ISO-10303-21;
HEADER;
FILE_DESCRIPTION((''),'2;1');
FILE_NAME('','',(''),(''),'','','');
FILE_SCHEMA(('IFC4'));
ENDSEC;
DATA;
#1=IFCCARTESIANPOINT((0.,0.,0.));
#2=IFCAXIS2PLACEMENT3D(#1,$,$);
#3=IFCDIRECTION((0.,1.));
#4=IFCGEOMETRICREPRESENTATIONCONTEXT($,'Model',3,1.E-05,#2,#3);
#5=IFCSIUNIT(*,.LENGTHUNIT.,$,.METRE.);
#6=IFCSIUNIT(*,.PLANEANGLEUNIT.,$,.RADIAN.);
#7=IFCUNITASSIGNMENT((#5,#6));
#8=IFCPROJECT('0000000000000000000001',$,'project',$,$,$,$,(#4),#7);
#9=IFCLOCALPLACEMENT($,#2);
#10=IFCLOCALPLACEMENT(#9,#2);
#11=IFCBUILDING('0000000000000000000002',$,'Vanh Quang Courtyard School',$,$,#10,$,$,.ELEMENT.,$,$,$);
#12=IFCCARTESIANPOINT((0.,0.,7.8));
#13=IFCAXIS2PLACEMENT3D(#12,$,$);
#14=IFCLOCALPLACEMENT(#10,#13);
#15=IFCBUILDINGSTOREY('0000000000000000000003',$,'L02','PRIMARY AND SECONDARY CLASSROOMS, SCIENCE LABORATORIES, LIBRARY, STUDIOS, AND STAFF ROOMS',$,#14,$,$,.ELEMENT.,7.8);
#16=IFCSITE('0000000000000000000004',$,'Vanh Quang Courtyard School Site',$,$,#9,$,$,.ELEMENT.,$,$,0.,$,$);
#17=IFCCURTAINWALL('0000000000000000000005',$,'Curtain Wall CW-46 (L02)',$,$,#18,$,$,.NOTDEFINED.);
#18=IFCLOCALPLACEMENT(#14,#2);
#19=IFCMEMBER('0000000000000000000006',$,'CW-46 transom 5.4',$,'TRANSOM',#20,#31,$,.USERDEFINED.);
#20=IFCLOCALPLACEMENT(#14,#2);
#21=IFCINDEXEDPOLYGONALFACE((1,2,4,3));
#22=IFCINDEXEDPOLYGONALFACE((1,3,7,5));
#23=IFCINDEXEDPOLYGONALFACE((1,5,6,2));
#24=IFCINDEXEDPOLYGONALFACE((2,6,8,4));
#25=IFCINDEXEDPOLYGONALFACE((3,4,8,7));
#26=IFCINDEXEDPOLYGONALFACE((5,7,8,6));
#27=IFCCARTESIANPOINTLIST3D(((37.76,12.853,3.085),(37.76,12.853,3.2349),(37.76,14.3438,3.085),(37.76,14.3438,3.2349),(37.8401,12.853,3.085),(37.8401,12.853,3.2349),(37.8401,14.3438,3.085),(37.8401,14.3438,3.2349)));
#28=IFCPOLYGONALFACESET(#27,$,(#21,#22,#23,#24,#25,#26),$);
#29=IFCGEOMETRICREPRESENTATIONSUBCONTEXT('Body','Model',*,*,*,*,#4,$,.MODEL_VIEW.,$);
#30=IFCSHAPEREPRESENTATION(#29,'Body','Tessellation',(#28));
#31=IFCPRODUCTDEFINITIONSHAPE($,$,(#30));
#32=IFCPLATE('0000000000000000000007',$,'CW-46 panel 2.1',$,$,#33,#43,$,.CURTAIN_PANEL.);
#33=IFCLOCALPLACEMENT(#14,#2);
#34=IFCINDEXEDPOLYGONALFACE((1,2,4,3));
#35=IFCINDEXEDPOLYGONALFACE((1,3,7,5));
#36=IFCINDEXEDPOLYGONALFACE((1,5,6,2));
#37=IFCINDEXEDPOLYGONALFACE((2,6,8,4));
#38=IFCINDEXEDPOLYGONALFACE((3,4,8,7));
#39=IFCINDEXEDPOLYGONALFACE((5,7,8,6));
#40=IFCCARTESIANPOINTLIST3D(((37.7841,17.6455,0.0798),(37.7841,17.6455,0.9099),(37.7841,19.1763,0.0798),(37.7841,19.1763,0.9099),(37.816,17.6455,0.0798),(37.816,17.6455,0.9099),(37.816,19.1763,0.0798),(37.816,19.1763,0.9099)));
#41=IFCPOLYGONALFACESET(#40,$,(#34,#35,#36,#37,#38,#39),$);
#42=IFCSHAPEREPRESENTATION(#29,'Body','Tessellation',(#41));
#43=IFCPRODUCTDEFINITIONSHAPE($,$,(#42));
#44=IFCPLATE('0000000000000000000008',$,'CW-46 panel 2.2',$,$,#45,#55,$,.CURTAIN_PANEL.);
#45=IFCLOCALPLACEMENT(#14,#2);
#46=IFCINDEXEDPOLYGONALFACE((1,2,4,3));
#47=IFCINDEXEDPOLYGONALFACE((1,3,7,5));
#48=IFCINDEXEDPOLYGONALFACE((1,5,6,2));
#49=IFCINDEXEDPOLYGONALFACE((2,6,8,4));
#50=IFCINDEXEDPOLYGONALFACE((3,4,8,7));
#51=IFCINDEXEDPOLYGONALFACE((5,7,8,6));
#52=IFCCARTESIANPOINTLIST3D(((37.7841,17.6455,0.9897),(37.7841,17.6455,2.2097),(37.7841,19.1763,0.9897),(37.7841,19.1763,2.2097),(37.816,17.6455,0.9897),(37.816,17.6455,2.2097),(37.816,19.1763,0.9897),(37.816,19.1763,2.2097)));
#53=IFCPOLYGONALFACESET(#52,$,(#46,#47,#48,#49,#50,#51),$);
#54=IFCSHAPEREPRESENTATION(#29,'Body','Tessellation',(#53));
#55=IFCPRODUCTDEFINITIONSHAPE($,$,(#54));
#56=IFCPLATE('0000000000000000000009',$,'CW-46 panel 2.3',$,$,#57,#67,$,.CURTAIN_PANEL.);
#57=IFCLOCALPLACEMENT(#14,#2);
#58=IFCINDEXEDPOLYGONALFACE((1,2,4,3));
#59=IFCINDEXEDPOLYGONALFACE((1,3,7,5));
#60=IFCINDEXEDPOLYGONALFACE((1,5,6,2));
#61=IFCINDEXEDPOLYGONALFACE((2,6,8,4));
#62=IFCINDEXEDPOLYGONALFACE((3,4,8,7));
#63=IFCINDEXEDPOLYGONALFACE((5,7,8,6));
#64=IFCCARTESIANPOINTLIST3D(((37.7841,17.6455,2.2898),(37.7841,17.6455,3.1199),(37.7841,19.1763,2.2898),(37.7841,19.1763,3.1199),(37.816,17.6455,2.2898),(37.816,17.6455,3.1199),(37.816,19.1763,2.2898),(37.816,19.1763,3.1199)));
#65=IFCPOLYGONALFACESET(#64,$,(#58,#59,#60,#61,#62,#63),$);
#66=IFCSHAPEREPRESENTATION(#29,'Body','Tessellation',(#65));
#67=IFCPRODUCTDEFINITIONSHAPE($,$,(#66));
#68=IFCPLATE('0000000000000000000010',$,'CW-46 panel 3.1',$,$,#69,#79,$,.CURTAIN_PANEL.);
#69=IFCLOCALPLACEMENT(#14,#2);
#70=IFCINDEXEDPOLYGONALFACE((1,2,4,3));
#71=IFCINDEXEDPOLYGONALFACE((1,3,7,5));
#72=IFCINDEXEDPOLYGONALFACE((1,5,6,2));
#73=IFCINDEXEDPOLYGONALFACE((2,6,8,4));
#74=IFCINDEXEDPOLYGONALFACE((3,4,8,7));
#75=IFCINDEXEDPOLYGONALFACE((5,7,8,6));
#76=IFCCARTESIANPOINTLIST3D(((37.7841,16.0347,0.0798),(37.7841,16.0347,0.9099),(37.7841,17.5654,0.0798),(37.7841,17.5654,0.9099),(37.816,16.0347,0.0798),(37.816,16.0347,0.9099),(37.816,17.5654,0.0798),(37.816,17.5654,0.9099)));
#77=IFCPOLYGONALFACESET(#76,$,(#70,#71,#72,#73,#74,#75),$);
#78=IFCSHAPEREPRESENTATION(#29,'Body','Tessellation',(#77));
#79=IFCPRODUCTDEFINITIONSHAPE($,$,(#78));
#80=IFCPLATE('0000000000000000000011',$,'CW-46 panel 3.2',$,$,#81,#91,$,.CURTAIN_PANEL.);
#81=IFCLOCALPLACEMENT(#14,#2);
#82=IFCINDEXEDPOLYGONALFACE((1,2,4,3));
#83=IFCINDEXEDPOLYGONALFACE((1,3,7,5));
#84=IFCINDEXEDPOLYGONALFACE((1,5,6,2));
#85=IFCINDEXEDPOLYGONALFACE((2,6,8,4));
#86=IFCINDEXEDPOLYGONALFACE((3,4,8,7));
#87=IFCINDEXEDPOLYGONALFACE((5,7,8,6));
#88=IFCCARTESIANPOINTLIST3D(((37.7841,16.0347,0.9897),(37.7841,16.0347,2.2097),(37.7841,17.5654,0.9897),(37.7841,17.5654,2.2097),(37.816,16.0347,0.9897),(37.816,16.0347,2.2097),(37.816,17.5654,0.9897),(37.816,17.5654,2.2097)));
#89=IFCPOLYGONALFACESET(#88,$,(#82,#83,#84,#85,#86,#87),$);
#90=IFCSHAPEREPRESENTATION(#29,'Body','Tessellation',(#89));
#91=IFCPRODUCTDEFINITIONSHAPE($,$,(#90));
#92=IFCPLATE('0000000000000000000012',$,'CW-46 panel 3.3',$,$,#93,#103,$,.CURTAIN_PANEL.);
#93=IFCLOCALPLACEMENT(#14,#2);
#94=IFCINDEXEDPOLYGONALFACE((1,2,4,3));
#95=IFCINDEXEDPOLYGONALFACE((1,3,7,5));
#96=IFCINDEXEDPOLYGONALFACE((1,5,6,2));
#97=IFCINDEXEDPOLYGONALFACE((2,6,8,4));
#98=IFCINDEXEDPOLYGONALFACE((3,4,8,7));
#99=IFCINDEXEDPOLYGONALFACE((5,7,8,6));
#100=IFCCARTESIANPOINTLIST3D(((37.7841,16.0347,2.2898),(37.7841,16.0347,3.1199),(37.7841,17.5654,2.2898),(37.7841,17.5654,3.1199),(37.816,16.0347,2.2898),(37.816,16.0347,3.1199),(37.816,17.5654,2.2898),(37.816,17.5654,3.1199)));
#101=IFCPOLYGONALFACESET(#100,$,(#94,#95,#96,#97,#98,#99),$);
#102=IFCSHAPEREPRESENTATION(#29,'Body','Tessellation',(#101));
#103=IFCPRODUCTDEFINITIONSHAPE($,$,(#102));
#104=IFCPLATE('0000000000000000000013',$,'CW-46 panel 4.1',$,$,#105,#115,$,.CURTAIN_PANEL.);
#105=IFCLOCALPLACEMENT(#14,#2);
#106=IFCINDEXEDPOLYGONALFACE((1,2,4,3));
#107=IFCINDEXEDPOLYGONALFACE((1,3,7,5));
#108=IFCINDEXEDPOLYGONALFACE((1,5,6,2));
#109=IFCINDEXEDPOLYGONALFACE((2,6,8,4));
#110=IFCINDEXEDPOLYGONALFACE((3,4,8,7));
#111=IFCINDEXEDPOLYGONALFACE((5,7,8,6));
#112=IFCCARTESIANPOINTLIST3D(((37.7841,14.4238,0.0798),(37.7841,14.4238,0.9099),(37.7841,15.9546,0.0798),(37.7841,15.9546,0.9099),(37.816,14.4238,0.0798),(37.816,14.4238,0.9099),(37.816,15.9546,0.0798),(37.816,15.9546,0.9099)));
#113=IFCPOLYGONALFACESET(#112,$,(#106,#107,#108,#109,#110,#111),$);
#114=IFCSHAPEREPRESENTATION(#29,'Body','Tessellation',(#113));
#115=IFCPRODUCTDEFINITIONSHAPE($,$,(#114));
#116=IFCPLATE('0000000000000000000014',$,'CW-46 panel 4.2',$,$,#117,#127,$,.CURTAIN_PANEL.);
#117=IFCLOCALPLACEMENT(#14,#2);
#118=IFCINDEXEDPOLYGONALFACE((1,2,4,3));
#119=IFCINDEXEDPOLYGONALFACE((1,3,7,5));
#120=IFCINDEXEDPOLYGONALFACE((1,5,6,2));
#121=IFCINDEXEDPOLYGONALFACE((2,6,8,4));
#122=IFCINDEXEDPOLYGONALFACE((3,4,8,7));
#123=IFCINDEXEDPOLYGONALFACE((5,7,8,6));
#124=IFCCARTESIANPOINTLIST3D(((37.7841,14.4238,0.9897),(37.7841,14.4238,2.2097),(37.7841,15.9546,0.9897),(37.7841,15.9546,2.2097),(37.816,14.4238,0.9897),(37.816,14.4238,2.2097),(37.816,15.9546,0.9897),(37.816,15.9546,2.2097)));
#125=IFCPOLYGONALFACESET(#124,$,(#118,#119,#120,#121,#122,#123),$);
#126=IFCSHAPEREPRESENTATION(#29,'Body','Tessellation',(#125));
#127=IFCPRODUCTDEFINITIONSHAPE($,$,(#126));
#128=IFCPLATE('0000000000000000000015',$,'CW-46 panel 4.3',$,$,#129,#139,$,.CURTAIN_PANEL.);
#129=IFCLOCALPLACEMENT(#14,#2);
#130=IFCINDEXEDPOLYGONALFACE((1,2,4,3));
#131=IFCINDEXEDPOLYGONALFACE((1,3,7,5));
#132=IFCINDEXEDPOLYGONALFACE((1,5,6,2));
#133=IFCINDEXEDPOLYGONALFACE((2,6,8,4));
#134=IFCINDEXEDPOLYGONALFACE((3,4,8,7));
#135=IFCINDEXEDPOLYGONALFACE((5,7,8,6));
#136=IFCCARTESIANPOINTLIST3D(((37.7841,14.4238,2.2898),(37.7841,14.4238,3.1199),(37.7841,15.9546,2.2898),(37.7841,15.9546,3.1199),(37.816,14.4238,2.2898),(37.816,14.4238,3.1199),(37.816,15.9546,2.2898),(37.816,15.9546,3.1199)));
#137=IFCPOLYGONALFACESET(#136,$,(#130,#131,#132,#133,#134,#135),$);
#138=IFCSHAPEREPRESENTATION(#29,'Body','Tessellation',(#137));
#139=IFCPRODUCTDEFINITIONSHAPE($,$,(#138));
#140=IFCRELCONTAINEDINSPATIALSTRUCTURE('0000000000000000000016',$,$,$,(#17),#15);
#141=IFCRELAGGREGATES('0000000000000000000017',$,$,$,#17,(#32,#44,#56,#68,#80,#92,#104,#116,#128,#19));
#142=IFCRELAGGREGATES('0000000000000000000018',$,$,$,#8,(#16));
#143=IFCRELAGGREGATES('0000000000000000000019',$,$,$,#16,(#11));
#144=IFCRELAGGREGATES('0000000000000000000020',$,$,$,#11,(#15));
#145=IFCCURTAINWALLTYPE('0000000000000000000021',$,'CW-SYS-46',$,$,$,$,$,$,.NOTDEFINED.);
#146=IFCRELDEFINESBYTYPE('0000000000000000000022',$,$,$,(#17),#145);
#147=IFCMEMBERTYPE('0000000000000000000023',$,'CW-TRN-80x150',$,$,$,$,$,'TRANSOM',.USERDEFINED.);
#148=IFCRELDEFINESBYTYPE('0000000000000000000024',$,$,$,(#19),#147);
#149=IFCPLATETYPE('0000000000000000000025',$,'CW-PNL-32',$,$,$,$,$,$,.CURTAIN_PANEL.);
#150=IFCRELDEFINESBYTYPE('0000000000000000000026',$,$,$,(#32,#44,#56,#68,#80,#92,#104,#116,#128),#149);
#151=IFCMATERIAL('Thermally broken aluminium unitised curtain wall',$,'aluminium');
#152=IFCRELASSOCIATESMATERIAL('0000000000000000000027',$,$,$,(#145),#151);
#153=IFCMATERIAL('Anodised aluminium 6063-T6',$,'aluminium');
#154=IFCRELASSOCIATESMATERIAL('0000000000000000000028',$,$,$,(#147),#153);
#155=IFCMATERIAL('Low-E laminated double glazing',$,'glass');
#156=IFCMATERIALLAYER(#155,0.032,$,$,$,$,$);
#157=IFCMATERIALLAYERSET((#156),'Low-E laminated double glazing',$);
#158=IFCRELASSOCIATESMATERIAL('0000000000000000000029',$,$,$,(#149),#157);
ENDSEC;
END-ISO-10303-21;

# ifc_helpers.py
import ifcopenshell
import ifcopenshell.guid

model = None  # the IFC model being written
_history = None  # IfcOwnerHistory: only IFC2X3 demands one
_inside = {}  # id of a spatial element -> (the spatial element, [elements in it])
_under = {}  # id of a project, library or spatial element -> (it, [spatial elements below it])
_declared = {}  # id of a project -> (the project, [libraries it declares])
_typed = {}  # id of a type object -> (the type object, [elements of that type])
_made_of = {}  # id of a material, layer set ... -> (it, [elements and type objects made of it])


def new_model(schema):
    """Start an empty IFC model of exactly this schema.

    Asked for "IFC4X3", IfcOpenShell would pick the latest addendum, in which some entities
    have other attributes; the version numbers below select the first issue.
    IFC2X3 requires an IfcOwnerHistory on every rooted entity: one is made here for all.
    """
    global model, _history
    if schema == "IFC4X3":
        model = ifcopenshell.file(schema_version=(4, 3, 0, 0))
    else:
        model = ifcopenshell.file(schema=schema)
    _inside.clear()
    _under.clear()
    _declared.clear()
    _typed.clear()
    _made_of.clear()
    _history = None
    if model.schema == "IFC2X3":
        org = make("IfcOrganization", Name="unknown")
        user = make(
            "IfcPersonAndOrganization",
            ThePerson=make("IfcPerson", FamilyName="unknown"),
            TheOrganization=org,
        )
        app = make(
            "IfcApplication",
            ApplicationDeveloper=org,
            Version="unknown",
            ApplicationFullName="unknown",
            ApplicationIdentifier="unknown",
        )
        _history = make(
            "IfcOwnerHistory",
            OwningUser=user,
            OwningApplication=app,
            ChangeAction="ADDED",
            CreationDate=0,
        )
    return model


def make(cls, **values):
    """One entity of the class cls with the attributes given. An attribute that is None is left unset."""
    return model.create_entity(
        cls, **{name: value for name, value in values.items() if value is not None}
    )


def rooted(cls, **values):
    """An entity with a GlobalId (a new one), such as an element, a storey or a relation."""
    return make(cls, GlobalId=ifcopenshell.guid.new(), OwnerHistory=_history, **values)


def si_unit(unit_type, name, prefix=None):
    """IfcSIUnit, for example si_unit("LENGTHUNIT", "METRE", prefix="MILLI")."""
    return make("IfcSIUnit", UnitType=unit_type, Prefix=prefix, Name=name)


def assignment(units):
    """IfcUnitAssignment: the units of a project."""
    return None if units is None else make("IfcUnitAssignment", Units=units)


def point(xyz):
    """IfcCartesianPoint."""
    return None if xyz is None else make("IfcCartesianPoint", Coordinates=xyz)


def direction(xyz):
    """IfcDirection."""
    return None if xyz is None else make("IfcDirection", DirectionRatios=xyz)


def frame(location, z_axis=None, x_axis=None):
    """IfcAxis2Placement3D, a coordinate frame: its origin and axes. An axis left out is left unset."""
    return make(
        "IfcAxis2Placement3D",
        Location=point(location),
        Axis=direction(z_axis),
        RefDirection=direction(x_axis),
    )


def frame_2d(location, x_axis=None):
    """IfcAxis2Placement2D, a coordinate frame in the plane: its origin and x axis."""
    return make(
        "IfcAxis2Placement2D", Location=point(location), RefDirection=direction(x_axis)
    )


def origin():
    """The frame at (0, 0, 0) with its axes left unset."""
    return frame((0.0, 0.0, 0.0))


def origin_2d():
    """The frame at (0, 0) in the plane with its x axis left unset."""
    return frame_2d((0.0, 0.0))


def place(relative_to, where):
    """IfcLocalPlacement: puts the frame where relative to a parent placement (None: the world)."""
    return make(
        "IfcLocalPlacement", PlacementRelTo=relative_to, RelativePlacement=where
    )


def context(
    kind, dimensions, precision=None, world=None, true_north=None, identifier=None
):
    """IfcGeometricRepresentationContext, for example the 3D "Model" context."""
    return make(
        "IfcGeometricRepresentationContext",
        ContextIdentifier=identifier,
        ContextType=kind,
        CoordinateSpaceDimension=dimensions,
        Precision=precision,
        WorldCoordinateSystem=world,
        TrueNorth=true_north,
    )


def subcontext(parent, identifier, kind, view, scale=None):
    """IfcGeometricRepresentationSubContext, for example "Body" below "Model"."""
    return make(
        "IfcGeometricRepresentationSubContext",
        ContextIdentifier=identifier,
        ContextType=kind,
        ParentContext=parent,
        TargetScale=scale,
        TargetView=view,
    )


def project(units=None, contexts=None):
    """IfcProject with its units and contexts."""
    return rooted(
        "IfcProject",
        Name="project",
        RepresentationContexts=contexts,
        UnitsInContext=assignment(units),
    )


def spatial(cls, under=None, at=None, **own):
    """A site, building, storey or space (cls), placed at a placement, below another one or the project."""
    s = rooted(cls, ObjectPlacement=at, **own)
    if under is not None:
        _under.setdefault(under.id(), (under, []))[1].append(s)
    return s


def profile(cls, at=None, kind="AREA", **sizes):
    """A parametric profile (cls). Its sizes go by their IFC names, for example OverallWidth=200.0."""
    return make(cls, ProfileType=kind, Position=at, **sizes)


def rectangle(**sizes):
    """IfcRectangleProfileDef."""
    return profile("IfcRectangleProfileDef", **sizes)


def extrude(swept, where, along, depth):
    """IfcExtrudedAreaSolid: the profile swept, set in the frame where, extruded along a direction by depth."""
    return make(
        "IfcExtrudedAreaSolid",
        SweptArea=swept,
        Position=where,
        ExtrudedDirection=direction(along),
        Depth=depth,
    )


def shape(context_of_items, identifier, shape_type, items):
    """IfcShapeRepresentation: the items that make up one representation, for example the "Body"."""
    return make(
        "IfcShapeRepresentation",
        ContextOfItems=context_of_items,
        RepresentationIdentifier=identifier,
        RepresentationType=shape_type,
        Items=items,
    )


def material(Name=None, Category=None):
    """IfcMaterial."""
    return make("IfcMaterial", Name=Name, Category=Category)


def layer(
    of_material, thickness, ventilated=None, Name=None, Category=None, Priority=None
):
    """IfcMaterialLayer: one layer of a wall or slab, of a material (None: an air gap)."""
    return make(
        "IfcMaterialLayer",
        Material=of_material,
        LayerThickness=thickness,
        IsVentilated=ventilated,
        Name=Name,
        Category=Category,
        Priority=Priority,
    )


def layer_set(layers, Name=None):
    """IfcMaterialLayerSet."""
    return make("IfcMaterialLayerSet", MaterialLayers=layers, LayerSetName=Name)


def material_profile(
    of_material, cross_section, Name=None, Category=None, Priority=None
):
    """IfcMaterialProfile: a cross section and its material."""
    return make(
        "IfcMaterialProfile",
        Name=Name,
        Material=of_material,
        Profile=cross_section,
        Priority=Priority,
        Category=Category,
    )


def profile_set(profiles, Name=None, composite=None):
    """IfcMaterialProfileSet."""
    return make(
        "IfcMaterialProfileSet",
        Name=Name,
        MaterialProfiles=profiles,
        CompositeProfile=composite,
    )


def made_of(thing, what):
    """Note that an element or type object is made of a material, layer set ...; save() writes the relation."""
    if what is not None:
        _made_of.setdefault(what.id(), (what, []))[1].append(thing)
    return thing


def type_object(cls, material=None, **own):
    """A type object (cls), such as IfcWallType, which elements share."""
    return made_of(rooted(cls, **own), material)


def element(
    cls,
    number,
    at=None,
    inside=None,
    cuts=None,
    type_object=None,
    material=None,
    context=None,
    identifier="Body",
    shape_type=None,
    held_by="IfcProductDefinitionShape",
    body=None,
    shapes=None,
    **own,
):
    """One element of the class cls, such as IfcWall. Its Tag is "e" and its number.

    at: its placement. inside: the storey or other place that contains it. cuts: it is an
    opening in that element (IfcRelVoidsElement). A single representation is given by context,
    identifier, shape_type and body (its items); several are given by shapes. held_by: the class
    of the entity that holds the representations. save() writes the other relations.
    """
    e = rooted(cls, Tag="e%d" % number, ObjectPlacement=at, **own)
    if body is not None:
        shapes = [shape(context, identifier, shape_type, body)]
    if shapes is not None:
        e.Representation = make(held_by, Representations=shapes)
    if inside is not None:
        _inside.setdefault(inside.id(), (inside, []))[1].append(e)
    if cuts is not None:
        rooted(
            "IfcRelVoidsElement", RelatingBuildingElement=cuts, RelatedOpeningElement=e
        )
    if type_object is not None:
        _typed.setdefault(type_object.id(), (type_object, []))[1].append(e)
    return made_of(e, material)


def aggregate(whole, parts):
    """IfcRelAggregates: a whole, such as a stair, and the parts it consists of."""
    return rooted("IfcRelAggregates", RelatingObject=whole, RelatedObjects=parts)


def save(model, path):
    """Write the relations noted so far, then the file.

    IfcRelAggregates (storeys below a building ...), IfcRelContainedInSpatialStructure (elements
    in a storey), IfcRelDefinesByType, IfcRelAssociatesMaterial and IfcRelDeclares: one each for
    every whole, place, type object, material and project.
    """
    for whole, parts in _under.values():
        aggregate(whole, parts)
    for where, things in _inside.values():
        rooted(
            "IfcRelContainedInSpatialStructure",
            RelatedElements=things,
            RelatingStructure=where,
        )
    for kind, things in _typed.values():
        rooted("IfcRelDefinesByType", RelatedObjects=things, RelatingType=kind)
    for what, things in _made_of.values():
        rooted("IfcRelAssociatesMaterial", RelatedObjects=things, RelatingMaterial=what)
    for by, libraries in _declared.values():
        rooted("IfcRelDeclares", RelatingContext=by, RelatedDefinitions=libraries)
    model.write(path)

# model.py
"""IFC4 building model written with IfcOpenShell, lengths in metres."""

from ifc_helpers import new_model, si_unit, direction, frame, origin, origin_2d, place, context, subcontext, project, spatial, rectangle, extrude, material, layer, layer_set, material_profile, profile_set, type_object, element, aggregate, save


model = new_model("IFC4")

# Units and contexts
model_context = context("Model", 3, precision=1e-05, world=origin(), true_north=direction((0.0, 1.0)))
body_context = subcontext(model_context, "Body", "Model", "MODEL_VIEW")
ifc_project = project(units=[si_unit("LENGTHUNIT", "METRE"), si_unit("PLANEANGLEUNIT", "RADIAN")], contexts=[model_context])

# Site, building, storey
site_placement = place(None, origin())
site = spatial("IfcSite", under=ifc_project, at=site_placement, Name="Vanh Quang Courtyard School Site", CompositionType="ELEMENT", RefElevation=0.0)
building_placement = place(site_placement, origin())
building = spatial("IfcBuilding", under=site, at=building_placement, Name="Vanh Quang Courtyard School", CompositionType="ELEMENT")
storey_placement = place(building_placement, frame((0.0, 0.0, 7.8)))
storey = spatial("IfcBuildingStorey", under=building, at=storey_placement, Name="L02", Description="PRIMARY AND SECONDARY CLASSROOMS, SCIENCE LABORATORIES, LIBRARY, STUDIOS, AND STAFF ROOMS", CompositionType="ELEMENT", Elevation=7.8)

# Curtain wall, member, plates
ifc_material_1 = material(Name="Thermally broken aluminium unitised curtain wall", Category="aluminium")
curtain_wall_type = type_object("IfcCurtainWallType", Name="CW-SYS-46", PredefinedType="NOTDEFINED", material=ifc_material_1)
curtain_wall_placement = place(storey_placement, origin())
curtain_wall = element("IfcCurtainWall", 1, at=curtain_wall_placement, inside=storey, type_object=curtain_wall_type, Name="Curtain Wall CW-46 (L02)", PredefinedType="NOTDEFINED")
ifc_material_2 = material(Name="Anodised aluminium 6063-T6", Category="aluminium")
ifc_material_profile_1 = material_profile(ifc_material_2, rectangle(XDim=0.0801, YDim=0.1499, at=origin_2d()), Name="ALU-TRN 80x150")
ifc_profile_set_1 = profile_set([ifc_material_profile_1], Name="Anodised aluminium 6063-T6")
member_type_1 = type_object("IfcMemberType", Name="CW-TRN-80x150", ElementType="TRANSOM", PredefinedType="USERDEFINED", material=ifc_profile_set_1)
member_1_placement = place(storey_placement, frame((37.8, 14.3438, 3.1599), z_axis=(0.0, -1.0, 0.0), x_axis=(1.0, 0.0, 0.0)))
member_1 = element("IfcMember", 2, at=member_1_placement, type_object=member_type_1, Name="CW-46 transom 5.4", ObjectType="TRANSOM", PredefinedType="USERDEFINED", context=body_context, shape_type="SweptSolid", body=[
    extrude(rectangle(XDim=0.0801, YDim=0.1499, at=origin_2d()), origin(), (0.0, 0.0, 1.0), 1.4907),
])
ifc_material_3 = material(Name="Low-E laminated double glazing", Category="glass")
ifc_layer = layer(ifc_material_3, 0.032)
ifc_layer_set = layer_set([ifc_layer], Name="Low-E laminated double glazing")
plate_type = type_object("IfcPlateType", Name="CW-PNL-32", PredefinedType="CURTAIN_PANEL", material=ifc_layer_set)
plate_1_placement = place(storey_placement, frame((37.8, 18.4109, 0.0798), z_axis=(0.0, 0.0, 1.0), x_axis=(0.0, -1.0, 0.0)))
plate_1 = element("IfcPlate", 3, at=plate_1_placement, type_object=plate_type, Name="CW-46 panel 2.1", PredefinedType="CURTAIN_PANEL", context=body_context, shape_type="SweptSolid", body=[
    extrude(rectangle(XDim=1.5308, YDim=0.032, at=origin_2d()), origin(), (0.0, 0.0, 1.0), 0.8301),
])
plate_2_placement = place(storey_placement, frame((37.8, 18.4109, 0.9897), z_axis=(0.0, 0.0, 1.0), x_axis=(0.0, -1.0, 0.0)))
plate_2 = element("IfcPlate", 4, at=plate_2_placement, type_object=plate_type, Name="CW-46 panel 2.2", PredefinedType="CURTAIN_PANEL", context=body_context, shape_type="SweptSolid", body=[
    extrude(rectangle(XDim=1.5308, YDim=0.032, at=origin_2d()), origin(), (0.0, 0.0, 1.0), 1.22),
])
plate_3_placement = place(storey_placement, frame((37.8, 18.4109, 2.2898), z_axis=(0.0, 0.0, 1.0), x_axis=(0.0, -1.0, 0.0)))
plate_3 = element("IfcPlate", 5, at=plate_3_placement, type_object=plate_type, Name="CW-46 panel 2.3", PredefinedType="CURTAIN_PANEL", context=body_context, shape_type="SweptSolid", body=[
    extrude(rectangle(XDim=1.5308, YDim=0.032, at=origin_2d()), origin(), (0.0, 0.0, 1.0), 0.8301),
])
plate_4_placement = place(storey_placement, frame((37.8, 16.8, 0.0798), z_axis=(0.0, 0.0, 1.0), x_axis=(0.0, -1.0, 0.0)))
plate_4 = element("IfcPlate", 6, at=plate_4_placement, type_object=plate_type, Name="CW-46 panel 3.1", PredefinedType="CURTAIN_PANEL", context=body_context, shape_type="SweptSolid", body=[
    extrude(rectangle(XDim=1.5308, YDim=0.032, at=origin_2d()), origin(), (0.0, 0.0, 1.0), 0.8301),
])
plate_5_placement = place(storey_placement, frame((37.8, 16.8, 0.9897), z_axis=(0.0, 0.0, 1.0), x_axis=(0.0, -1.0, 0.0)))
plate_5 = element("IfcPlate", 7, at=plate_5_placement, type_object=plate_type, Name="CW-46 panel 3.2", PredefinedType="CURTAIN_PANEL", context=body_context, shape_type="SweptSolid", body=[
    extrude(rectangle(XDim=1.5308, YDim=0.032, at=origin_2d()), origin(), (0.0, 0.0, 1.0), 1.22),
])
plate_6_placement = place(storey_placement, frame((37.8, 16.8, 2.2898), z_axis=(0.0, 0.0, 1.0), x_axis=(0.0, -1.0, 0.0)))
plate_6 = element("IfcPlate", 8, at=plate_6_placement, type_object=plate_type, Name="CW-46 panel 3.3", PredefinedType="CURTAIN_PANEL", context=body_context, shape_type="SweptSolid", body=[
    extrude(rectangle(XDim=1.5308, YDim=0.032, at=origin_2d()), origin(), (0.0, 0.0, 1.0), 0.8301),
])
plate_7_placement = place(storey_placement, frame((37.8, 15.1892, 0.0798), z_axis=(0.0, 0.0, 1.0), x_axis=(0.0, -1.0, 0.0)))
plate_7 = element("IfcPlate", 9, at=plate_7_placement, type_object=plate_type, Name="CW-46 panel 4.1", PredefinedType="CURTAIN_PANEL", context=body_context, shape_type="SweptSolid", body=[
    extrude(rectangle(XDim=1.5308, YDim=0.032, at=origin_2d()), origin(), (0.0, 0.0, 1.0), 0.8301),
])
plate_8_placement = place(storey_placement, frame((37.8, 15.1892, 0.9897), z_axis=(0.0, 0.0, 1.0), x_axis=(0.0, -1.0, 0.0)))
plate_8 = element("IfcPlate", 10, at=plate_8_placement, type_object=plate_type, Name="CW-46 panel 4.2", PredefinedType="CURTAIN_PANEL", context=body_context, shape_type="SweptSolid", body=[
    extrude(rectangle(XDim=1.5308, YDim=0.032, at=origin_2d()), origin(), (0.0, 0.0, 1.0), 1.22),
])
plate_9_placement = place(storey_placement, frame((37.8, 15.1892, 2.2898), z_axis=(0.0, 0.0, 1.0), x_axis=(0.0, -1.0, 0.0)))
plate_9 = element("IfcPlate", 11, at=plate_9_placement, type_object=plate_type, Name="CW-46 panel 4.3", PredefinedType="CURTAIN_PANEL", context=body_context, shape_type="SweptSolid", body=[
    extrude(rectangle(XDim=1.5308, YDim=0.032, at=origin_2d()), origin(), (0.0, 0.0, 1.0), 0.8301),
])
aggregate(curtain_wall, [plate_1, plate_2, plate_3, plate_4, plate_5, plate_6, plate_7, plate_8, plate_9, member_1])

save(model, "model.ifc")
